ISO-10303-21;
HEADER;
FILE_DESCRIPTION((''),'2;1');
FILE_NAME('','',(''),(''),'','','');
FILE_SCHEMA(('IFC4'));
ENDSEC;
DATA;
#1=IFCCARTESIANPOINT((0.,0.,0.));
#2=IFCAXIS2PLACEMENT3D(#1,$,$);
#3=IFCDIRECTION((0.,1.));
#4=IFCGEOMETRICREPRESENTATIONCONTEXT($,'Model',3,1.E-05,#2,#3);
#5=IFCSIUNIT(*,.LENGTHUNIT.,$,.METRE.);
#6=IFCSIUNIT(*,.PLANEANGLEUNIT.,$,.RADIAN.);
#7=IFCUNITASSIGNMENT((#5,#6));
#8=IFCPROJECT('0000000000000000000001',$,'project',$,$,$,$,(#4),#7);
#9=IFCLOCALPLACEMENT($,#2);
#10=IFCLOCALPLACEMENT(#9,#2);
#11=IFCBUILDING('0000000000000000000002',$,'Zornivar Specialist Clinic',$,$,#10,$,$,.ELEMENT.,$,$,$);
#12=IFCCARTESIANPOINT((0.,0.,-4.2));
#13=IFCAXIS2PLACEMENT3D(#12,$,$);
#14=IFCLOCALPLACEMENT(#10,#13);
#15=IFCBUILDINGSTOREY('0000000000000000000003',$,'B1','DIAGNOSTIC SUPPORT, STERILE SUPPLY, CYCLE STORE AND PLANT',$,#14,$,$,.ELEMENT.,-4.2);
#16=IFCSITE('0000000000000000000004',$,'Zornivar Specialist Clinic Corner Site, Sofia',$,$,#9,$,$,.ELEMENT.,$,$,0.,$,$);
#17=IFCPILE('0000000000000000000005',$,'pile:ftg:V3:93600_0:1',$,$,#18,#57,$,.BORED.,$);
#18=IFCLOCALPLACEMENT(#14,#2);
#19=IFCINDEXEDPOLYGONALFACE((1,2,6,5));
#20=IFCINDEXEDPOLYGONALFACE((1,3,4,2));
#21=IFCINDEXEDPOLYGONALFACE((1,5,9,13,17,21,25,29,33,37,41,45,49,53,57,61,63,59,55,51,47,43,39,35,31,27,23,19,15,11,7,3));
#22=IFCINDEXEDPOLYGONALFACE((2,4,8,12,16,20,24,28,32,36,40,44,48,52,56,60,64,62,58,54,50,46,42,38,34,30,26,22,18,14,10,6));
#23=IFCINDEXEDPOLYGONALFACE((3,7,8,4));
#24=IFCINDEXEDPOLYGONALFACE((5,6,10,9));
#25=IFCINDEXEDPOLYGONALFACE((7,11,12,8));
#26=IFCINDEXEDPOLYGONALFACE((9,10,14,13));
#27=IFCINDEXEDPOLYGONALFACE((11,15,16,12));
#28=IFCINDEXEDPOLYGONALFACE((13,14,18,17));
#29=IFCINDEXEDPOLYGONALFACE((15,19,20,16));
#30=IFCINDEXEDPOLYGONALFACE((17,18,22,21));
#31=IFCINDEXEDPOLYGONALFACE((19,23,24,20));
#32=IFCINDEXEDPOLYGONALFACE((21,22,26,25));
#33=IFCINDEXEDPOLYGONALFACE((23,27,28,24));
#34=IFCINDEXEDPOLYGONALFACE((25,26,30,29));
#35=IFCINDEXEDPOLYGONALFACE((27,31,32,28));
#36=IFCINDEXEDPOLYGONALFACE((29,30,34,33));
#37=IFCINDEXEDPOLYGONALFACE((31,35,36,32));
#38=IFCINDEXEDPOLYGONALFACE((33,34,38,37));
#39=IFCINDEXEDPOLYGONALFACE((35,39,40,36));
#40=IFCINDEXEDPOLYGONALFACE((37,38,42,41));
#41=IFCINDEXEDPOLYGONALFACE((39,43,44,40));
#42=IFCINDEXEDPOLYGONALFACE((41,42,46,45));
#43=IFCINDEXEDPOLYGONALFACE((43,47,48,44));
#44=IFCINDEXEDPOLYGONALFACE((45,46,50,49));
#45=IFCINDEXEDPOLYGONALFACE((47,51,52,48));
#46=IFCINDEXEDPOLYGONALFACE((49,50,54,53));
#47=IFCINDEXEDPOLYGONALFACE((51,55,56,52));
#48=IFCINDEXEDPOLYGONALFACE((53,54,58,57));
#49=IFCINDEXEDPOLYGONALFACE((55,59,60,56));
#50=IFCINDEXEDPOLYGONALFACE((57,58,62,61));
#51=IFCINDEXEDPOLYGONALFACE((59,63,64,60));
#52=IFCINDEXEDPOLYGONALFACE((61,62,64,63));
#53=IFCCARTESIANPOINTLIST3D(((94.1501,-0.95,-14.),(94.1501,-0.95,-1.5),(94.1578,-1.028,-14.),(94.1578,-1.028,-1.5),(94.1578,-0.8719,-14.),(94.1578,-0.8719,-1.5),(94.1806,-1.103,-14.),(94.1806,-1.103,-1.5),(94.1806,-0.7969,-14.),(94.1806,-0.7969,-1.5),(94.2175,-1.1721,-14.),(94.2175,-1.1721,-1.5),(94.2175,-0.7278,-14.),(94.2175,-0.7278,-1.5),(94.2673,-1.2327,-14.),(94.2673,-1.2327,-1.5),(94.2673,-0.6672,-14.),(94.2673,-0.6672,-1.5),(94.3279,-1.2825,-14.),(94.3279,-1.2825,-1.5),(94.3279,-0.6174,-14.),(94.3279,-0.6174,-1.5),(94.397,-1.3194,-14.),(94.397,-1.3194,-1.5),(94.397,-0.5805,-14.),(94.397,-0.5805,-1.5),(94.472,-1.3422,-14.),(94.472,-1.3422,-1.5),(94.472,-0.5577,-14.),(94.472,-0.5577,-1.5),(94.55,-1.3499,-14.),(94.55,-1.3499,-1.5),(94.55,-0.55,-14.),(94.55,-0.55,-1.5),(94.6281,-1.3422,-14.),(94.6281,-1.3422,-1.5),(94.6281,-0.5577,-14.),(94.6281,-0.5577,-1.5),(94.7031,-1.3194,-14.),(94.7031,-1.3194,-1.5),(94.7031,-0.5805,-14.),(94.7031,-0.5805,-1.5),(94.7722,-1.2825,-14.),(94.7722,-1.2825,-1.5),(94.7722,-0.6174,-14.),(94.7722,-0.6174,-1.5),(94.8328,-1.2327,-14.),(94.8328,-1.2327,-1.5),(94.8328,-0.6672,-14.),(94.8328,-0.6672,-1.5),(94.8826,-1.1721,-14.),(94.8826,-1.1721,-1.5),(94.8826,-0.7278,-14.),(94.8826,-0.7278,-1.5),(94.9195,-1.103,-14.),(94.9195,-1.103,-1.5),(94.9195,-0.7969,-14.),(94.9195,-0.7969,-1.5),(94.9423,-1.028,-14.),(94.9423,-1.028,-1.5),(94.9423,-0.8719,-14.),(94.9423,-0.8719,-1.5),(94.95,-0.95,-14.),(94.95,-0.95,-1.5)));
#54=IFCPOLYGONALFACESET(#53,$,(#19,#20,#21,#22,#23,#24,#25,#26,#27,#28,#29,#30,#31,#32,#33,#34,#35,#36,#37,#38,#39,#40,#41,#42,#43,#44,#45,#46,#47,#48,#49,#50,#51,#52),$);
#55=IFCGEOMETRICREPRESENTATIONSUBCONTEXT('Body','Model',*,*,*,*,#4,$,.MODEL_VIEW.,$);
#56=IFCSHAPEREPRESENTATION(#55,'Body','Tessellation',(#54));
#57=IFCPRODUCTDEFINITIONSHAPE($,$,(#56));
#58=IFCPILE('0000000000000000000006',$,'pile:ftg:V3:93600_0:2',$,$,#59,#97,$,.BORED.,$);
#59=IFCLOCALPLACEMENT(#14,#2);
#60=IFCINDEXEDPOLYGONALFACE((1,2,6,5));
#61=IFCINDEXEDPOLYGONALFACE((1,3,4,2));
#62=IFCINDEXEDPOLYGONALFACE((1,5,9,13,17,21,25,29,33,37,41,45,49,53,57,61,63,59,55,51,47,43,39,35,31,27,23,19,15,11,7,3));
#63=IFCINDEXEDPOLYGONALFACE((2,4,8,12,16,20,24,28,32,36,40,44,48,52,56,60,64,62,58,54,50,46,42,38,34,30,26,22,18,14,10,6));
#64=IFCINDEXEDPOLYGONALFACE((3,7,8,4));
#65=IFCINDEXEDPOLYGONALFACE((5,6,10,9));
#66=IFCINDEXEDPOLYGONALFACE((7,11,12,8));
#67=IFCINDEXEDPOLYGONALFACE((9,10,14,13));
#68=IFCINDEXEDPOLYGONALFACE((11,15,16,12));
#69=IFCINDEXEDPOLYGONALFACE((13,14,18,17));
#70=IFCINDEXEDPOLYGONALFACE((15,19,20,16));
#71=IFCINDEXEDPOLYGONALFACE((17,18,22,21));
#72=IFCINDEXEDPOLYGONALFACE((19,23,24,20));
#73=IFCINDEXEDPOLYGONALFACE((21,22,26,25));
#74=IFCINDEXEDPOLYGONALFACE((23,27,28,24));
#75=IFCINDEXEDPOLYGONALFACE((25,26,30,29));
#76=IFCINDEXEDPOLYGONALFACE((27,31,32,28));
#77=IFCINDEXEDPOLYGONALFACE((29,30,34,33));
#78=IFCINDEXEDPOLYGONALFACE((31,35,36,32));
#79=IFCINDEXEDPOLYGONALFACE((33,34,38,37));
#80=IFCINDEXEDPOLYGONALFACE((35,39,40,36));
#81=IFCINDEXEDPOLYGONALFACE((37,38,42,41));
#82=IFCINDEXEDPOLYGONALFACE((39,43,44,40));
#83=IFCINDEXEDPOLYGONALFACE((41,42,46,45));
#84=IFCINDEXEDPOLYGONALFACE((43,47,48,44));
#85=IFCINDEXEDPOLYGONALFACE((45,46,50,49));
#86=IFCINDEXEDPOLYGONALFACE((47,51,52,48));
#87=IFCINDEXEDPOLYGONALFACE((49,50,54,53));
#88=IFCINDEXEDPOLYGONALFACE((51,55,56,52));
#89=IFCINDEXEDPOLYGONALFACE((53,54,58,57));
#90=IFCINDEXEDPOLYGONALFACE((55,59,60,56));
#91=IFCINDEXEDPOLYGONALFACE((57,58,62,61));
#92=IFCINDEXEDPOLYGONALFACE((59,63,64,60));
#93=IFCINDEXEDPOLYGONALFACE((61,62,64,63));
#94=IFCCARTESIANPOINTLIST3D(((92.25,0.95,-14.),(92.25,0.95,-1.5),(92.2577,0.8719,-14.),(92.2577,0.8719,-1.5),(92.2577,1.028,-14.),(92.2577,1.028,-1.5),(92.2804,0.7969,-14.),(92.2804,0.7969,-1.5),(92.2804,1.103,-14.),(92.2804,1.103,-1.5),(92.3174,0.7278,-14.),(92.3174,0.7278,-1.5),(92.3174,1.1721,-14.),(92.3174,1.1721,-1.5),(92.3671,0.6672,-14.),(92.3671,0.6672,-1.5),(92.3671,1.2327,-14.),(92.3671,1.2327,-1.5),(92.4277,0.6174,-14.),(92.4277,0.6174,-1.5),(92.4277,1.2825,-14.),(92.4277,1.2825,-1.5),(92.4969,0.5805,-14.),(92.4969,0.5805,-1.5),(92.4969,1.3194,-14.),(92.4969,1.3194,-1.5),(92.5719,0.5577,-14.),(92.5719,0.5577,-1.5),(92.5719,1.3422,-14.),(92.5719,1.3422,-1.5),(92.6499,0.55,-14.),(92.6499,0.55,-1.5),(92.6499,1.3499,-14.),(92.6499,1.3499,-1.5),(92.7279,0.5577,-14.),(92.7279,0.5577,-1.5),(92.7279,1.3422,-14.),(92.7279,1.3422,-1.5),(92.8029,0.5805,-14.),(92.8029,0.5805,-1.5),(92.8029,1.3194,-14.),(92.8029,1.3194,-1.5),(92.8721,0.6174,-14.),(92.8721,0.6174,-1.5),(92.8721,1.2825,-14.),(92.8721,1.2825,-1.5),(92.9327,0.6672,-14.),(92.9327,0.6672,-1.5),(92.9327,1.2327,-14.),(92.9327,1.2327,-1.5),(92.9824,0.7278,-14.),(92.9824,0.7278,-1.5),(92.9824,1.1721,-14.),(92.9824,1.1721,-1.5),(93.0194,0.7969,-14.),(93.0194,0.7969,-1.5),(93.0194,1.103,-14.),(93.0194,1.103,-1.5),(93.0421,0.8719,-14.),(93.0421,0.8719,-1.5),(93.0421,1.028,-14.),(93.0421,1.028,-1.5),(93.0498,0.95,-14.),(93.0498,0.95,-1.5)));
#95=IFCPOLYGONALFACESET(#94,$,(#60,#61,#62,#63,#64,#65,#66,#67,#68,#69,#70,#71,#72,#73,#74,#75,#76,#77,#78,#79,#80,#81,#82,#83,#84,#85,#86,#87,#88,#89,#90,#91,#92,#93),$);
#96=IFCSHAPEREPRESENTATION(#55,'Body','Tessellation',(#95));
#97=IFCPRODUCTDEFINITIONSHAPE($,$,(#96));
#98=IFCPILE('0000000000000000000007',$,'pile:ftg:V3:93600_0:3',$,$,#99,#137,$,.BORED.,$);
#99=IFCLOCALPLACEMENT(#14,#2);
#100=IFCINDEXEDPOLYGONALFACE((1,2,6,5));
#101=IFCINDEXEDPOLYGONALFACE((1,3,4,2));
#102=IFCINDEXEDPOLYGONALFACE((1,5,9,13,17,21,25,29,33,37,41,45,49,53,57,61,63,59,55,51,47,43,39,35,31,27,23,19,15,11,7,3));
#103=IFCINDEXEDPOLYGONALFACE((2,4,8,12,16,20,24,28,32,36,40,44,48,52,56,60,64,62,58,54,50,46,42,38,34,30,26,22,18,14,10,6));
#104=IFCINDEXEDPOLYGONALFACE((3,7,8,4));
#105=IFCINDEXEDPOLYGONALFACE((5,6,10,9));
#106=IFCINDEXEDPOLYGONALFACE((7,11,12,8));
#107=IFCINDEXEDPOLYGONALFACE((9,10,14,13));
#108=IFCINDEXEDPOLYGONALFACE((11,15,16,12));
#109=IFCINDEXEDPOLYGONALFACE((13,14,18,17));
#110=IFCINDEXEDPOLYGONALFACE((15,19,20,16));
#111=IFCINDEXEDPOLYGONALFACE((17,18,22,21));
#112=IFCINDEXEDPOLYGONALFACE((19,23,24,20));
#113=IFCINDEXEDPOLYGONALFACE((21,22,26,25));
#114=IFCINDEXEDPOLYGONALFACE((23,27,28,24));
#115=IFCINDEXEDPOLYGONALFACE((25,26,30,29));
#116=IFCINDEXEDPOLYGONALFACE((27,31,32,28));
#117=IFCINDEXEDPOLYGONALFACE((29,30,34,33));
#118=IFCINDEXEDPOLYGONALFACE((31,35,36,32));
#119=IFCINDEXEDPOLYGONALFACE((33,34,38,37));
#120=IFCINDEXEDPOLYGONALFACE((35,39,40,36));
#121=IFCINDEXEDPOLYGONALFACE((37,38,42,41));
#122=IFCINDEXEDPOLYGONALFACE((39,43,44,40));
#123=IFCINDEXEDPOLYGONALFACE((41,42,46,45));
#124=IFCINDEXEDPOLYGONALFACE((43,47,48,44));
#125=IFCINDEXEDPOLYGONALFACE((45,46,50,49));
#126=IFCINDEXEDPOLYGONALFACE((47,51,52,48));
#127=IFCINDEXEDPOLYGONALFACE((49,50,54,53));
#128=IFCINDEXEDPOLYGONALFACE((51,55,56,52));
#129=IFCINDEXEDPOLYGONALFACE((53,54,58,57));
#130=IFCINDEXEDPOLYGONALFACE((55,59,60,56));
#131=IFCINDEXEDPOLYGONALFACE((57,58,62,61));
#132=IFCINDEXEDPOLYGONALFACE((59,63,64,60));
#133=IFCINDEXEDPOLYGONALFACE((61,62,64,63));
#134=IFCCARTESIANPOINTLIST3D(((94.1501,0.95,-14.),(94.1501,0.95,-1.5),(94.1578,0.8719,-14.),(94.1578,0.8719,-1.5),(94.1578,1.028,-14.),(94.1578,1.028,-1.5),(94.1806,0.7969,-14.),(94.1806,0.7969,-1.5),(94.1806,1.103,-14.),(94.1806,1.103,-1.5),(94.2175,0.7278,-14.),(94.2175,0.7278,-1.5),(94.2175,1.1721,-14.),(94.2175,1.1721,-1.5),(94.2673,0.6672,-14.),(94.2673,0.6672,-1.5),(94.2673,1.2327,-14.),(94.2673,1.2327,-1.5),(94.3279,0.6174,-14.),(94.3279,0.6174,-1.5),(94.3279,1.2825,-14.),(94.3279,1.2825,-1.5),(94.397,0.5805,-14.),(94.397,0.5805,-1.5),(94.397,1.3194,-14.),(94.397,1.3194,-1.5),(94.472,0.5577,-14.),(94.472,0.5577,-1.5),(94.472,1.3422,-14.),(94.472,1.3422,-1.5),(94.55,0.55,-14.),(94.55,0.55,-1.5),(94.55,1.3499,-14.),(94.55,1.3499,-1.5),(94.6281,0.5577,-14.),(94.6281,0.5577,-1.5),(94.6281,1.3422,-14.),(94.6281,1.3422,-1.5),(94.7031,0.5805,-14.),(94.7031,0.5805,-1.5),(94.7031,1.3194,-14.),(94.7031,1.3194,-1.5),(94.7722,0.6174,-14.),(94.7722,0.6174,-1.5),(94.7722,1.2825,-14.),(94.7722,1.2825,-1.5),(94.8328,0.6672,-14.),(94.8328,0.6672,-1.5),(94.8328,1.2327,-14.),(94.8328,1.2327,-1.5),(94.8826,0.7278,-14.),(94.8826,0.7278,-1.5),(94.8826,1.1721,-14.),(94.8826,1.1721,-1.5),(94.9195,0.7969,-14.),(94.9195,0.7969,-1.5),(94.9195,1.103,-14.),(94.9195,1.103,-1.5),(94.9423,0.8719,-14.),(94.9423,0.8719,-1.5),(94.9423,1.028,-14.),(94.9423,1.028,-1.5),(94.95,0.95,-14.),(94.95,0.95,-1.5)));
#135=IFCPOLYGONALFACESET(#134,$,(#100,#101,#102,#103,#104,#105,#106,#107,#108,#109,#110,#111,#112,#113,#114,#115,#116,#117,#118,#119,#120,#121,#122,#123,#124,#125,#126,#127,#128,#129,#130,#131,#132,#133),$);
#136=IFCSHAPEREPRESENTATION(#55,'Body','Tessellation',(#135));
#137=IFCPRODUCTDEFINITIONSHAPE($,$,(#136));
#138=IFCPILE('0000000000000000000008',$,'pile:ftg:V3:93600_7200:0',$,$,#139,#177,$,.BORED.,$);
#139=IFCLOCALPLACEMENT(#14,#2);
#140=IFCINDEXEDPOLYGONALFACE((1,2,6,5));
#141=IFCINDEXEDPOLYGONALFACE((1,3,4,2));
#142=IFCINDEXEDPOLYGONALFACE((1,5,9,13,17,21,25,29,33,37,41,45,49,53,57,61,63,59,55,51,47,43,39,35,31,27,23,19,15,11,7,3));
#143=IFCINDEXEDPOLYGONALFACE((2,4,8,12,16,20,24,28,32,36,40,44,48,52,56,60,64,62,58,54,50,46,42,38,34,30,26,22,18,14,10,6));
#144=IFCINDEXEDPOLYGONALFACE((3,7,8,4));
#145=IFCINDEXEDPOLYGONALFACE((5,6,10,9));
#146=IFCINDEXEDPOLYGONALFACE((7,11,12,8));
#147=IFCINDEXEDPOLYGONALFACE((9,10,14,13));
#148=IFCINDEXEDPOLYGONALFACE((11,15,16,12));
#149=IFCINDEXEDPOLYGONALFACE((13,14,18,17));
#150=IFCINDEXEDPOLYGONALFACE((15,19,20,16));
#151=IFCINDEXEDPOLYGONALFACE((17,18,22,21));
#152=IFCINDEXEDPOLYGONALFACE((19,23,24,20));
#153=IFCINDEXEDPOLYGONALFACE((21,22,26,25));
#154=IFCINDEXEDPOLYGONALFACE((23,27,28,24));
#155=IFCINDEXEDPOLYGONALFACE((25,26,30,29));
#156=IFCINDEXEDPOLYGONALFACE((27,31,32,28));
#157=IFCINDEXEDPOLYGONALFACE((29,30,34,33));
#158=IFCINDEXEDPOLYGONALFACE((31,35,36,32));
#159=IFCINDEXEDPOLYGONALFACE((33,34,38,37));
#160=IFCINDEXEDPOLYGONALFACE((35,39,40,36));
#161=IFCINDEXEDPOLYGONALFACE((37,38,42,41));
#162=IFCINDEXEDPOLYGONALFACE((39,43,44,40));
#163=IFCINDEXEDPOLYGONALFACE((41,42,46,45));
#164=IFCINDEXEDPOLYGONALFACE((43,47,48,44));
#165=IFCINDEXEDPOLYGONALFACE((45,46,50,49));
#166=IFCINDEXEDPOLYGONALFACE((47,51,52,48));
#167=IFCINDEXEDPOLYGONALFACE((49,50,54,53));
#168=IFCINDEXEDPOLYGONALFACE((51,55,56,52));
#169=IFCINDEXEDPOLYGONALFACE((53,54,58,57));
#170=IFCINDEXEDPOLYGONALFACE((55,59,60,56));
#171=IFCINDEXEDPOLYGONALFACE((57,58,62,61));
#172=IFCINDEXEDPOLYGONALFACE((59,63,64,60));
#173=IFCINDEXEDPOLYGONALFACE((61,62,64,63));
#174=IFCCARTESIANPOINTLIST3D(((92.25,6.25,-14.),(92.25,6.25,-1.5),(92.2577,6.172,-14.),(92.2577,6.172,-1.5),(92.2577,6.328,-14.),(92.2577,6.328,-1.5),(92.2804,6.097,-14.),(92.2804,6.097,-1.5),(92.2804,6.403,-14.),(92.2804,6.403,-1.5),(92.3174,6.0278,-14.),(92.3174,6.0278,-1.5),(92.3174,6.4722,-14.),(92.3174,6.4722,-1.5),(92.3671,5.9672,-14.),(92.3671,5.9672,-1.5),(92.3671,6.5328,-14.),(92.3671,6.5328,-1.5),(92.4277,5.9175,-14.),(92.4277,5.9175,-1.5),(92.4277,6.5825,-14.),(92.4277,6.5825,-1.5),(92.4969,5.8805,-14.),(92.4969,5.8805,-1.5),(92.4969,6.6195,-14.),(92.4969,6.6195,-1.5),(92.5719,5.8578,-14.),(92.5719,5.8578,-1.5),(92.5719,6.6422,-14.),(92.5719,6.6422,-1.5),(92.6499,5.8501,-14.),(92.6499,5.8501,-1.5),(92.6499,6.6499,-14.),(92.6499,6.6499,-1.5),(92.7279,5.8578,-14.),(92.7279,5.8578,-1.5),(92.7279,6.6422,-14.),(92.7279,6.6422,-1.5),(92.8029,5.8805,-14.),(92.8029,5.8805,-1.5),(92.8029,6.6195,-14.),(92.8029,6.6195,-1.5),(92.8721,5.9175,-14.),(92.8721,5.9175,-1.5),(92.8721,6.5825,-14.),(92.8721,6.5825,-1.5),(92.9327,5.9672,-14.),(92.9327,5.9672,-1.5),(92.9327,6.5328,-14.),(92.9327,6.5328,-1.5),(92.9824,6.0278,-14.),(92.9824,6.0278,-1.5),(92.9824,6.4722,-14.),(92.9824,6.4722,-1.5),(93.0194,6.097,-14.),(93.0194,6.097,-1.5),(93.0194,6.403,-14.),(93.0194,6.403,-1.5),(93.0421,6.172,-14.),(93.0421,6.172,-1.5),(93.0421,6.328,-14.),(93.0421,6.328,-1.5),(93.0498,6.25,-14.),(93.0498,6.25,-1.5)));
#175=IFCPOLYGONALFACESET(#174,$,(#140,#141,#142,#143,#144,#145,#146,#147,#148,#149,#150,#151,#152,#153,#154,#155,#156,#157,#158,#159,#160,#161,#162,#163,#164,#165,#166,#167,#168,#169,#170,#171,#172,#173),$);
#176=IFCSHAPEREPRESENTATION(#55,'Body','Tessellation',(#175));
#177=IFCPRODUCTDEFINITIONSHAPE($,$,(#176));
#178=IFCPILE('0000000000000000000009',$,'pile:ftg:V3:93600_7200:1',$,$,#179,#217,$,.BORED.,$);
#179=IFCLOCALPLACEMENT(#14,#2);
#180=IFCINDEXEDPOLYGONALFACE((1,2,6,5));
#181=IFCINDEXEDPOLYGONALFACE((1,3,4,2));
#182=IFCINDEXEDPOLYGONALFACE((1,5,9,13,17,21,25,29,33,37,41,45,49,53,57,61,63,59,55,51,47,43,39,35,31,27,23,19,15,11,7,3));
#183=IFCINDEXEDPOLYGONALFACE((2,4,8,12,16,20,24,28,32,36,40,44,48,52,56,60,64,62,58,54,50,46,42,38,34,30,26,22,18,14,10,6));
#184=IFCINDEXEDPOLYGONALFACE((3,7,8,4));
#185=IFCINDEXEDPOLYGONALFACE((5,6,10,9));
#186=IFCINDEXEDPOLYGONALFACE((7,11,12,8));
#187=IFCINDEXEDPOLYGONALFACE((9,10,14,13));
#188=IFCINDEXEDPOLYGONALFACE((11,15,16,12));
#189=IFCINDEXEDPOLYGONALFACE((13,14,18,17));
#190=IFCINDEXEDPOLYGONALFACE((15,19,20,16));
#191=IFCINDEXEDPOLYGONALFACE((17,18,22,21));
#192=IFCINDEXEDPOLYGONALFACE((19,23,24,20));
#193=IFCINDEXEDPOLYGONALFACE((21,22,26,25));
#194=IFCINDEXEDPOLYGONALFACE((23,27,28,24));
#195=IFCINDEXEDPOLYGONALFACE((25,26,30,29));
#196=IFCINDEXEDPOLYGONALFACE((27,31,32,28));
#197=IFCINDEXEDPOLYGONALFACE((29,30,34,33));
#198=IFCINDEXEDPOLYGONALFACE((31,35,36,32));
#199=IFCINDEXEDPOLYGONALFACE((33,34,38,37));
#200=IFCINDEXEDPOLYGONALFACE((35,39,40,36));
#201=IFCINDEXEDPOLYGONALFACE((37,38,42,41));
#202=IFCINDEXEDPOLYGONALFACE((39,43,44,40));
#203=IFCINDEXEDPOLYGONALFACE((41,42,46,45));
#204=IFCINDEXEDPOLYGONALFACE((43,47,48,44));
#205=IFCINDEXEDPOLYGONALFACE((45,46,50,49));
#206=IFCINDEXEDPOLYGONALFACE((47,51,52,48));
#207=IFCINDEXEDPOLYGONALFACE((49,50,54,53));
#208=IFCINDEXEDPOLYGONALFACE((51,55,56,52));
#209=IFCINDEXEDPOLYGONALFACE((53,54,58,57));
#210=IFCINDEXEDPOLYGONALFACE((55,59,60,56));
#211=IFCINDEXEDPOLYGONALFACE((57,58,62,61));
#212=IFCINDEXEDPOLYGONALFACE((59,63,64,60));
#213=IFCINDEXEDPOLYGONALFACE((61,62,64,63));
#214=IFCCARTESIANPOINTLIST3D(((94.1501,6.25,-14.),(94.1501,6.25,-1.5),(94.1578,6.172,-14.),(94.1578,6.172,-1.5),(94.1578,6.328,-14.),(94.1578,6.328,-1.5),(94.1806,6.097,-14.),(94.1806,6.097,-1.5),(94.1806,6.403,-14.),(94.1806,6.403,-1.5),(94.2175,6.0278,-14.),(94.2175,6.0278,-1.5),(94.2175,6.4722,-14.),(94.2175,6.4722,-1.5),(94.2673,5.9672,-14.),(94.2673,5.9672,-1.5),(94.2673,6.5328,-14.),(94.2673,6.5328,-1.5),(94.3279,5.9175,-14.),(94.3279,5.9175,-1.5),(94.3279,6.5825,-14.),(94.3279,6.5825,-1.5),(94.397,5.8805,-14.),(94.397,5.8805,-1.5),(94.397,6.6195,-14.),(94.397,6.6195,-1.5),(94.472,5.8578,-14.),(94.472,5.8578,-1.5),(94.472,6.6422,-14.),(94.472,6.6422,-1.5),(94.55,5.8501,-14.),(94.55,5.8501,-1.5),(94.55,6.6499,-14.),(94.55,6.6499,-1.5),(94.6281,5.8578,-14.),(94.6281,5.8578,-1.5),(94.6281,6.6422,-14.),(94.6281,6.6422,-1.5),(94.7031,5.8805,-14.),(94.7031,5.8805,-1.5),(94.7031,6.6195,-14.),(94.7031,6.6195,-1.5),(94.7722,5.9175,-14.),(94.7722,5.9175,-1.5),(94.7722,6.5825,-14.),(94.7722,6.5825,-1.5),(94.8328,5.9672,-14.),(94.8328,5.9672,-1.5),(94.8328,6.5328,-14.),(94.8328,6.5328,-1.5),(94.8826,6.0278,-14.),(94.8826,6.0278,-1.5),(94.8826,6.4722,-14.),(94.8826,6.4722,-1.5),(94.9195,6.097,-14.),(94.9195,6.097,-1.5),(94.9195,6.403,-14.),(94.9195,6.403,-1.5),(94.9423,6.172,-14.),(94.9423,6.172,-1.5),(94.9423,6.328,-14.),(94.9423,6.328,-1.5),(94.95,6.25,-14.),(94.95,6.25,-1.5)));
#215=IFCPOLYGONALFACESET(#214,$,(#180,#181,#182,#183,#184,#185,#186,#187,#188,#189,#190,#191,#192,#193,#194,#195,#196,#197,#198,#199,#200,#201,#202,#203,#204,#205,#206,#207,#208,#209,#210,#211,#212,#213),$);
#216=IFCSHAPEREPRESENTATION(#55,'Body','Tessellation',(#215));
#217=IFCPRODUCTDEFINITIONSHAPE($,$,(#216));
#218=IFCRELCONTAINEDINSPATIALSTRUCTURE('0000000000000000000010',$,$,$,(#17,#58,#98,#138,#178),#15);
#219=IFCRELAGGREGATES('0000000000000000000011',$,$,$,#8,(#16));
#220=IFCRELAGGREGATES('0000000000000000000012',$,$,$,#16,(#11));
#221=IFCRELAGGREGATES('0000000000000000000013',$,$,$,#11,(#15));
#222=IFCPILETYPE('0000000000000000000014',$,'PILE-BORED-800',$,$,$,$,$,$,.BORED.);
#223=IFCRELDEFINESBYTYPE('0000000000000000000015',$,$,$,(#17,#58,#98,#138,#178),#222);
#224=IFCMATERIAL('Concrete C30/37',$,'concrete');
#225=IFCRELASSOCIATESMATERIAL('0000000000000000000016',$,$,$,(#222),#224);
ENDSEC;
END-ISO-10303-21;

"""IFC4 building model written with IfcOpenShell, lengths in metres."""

from ifc_helpers import new_model, si_unit, direction, frame, origin, origin_2d, place, context, subcontext, project, spatial, circle, extrude, material, material_profile, profile_set, type_object, element, save


model = new_model("IFC4")

# Units and contexts
model_context = context("Model", 3, precision=1e-05, world=origin(), true_north=direction((0.0, 1.0)))
body_context = subcontext(model_context, "Body", "Model", "MODEL_VIEW")
ifc_project = project(units=[si_unit("LENGTHUNIT", "METRE"), si_unit("PLANEANGLEUNIT", "RADIAN")], contexts=[model_context])

# Site, building, storey
site_placement = place(None, origin())
site = spatial("IfcSite", under=ifc_project, at=site_placement, Name="Zornivar Specialist Clinic Corner Site, Sofia", CompositionType="ELEMENT", RefElevation=0.0)
building_placement = place(site_placement, origin())
building = spatial("IfcBuilding", under=site, at=building_placement, Name="Zornivar Specialist Clinic", CompositionType="ELEMENT")
storey_placement = place(building_placement, frame((0.0, 0.0, -4.2)))
storey = spatial("IfcBuildingStorey", under=building, at=storey_placement, Name="B1", Description="DIAGNOSTIC SUPPORT, STERILE SUPPLY, CYCLE STORE AND PLANT", CompositionType="ELEMENT", Elevation=-4.2)

# Piles
ifc_material_1 = material(Name="Concrete C30/37", Category="concrete")
ifc_material_profile_1 = material_profile(ifc_material_1, circle(Radius=0.3999, at=origin_2d()), Name="PILE D800")
ifc_profile_set_1 = profile_set([ifc_material_profile_1], Name="Concrete C30/37")
pile_type = type_object("IfcPileType", Name="PILE-BORED-800", PredefinedType="BORED", material=ifc_profile_set_1)
for number, where, z_axis, x_axis, name in (
    (1, (94.55, -0.95, -1.5), (0.0, 0.0, -1.0), (1.0, 0.0, 0.0), "pile:ftg:V3:93600_0:1"),
    (2, (92.6499, 0.95, -1.5), (0.0, 0.0, -1.0), (1.0, 0.0, 0.0), "pile:ftg:V3:93600_0:2"),
    (3, (94.55, 0.95, -1.5), (0.0, 0.0, -1.0), (1.0, 0.0, 0.0), "pile:ftg:V3:93600_0:3"),
    (4, (92.6499, 6.25, -1.5), (0.0, 0.0, -1.0), (1.0, 0.0, 0.0), "pile:ftg:V3:93600_7200:0"),
    (5, (94.55, 6.25, -1.5), (0.0, 0.0, -1.0), (1.0, 0.0, 0.0), "pile:ftg:V3:93600_7200:1"),
):
    element("IfcPile", number, at=place(storey_placement, frame(where, z_axis=z_axis, x_axis=x_axis)), inside=storey, type_object=pile_type, Name=name, PredefinedType="BORED", context=body_context, shape_type="SweptSolid", body=[
        extrude(circle(Radius=0.3999, at=origin_2d()), origin(), (0.0, 0.0, 1.0), 12.5),
    ])

save(model, "model.ifc")
